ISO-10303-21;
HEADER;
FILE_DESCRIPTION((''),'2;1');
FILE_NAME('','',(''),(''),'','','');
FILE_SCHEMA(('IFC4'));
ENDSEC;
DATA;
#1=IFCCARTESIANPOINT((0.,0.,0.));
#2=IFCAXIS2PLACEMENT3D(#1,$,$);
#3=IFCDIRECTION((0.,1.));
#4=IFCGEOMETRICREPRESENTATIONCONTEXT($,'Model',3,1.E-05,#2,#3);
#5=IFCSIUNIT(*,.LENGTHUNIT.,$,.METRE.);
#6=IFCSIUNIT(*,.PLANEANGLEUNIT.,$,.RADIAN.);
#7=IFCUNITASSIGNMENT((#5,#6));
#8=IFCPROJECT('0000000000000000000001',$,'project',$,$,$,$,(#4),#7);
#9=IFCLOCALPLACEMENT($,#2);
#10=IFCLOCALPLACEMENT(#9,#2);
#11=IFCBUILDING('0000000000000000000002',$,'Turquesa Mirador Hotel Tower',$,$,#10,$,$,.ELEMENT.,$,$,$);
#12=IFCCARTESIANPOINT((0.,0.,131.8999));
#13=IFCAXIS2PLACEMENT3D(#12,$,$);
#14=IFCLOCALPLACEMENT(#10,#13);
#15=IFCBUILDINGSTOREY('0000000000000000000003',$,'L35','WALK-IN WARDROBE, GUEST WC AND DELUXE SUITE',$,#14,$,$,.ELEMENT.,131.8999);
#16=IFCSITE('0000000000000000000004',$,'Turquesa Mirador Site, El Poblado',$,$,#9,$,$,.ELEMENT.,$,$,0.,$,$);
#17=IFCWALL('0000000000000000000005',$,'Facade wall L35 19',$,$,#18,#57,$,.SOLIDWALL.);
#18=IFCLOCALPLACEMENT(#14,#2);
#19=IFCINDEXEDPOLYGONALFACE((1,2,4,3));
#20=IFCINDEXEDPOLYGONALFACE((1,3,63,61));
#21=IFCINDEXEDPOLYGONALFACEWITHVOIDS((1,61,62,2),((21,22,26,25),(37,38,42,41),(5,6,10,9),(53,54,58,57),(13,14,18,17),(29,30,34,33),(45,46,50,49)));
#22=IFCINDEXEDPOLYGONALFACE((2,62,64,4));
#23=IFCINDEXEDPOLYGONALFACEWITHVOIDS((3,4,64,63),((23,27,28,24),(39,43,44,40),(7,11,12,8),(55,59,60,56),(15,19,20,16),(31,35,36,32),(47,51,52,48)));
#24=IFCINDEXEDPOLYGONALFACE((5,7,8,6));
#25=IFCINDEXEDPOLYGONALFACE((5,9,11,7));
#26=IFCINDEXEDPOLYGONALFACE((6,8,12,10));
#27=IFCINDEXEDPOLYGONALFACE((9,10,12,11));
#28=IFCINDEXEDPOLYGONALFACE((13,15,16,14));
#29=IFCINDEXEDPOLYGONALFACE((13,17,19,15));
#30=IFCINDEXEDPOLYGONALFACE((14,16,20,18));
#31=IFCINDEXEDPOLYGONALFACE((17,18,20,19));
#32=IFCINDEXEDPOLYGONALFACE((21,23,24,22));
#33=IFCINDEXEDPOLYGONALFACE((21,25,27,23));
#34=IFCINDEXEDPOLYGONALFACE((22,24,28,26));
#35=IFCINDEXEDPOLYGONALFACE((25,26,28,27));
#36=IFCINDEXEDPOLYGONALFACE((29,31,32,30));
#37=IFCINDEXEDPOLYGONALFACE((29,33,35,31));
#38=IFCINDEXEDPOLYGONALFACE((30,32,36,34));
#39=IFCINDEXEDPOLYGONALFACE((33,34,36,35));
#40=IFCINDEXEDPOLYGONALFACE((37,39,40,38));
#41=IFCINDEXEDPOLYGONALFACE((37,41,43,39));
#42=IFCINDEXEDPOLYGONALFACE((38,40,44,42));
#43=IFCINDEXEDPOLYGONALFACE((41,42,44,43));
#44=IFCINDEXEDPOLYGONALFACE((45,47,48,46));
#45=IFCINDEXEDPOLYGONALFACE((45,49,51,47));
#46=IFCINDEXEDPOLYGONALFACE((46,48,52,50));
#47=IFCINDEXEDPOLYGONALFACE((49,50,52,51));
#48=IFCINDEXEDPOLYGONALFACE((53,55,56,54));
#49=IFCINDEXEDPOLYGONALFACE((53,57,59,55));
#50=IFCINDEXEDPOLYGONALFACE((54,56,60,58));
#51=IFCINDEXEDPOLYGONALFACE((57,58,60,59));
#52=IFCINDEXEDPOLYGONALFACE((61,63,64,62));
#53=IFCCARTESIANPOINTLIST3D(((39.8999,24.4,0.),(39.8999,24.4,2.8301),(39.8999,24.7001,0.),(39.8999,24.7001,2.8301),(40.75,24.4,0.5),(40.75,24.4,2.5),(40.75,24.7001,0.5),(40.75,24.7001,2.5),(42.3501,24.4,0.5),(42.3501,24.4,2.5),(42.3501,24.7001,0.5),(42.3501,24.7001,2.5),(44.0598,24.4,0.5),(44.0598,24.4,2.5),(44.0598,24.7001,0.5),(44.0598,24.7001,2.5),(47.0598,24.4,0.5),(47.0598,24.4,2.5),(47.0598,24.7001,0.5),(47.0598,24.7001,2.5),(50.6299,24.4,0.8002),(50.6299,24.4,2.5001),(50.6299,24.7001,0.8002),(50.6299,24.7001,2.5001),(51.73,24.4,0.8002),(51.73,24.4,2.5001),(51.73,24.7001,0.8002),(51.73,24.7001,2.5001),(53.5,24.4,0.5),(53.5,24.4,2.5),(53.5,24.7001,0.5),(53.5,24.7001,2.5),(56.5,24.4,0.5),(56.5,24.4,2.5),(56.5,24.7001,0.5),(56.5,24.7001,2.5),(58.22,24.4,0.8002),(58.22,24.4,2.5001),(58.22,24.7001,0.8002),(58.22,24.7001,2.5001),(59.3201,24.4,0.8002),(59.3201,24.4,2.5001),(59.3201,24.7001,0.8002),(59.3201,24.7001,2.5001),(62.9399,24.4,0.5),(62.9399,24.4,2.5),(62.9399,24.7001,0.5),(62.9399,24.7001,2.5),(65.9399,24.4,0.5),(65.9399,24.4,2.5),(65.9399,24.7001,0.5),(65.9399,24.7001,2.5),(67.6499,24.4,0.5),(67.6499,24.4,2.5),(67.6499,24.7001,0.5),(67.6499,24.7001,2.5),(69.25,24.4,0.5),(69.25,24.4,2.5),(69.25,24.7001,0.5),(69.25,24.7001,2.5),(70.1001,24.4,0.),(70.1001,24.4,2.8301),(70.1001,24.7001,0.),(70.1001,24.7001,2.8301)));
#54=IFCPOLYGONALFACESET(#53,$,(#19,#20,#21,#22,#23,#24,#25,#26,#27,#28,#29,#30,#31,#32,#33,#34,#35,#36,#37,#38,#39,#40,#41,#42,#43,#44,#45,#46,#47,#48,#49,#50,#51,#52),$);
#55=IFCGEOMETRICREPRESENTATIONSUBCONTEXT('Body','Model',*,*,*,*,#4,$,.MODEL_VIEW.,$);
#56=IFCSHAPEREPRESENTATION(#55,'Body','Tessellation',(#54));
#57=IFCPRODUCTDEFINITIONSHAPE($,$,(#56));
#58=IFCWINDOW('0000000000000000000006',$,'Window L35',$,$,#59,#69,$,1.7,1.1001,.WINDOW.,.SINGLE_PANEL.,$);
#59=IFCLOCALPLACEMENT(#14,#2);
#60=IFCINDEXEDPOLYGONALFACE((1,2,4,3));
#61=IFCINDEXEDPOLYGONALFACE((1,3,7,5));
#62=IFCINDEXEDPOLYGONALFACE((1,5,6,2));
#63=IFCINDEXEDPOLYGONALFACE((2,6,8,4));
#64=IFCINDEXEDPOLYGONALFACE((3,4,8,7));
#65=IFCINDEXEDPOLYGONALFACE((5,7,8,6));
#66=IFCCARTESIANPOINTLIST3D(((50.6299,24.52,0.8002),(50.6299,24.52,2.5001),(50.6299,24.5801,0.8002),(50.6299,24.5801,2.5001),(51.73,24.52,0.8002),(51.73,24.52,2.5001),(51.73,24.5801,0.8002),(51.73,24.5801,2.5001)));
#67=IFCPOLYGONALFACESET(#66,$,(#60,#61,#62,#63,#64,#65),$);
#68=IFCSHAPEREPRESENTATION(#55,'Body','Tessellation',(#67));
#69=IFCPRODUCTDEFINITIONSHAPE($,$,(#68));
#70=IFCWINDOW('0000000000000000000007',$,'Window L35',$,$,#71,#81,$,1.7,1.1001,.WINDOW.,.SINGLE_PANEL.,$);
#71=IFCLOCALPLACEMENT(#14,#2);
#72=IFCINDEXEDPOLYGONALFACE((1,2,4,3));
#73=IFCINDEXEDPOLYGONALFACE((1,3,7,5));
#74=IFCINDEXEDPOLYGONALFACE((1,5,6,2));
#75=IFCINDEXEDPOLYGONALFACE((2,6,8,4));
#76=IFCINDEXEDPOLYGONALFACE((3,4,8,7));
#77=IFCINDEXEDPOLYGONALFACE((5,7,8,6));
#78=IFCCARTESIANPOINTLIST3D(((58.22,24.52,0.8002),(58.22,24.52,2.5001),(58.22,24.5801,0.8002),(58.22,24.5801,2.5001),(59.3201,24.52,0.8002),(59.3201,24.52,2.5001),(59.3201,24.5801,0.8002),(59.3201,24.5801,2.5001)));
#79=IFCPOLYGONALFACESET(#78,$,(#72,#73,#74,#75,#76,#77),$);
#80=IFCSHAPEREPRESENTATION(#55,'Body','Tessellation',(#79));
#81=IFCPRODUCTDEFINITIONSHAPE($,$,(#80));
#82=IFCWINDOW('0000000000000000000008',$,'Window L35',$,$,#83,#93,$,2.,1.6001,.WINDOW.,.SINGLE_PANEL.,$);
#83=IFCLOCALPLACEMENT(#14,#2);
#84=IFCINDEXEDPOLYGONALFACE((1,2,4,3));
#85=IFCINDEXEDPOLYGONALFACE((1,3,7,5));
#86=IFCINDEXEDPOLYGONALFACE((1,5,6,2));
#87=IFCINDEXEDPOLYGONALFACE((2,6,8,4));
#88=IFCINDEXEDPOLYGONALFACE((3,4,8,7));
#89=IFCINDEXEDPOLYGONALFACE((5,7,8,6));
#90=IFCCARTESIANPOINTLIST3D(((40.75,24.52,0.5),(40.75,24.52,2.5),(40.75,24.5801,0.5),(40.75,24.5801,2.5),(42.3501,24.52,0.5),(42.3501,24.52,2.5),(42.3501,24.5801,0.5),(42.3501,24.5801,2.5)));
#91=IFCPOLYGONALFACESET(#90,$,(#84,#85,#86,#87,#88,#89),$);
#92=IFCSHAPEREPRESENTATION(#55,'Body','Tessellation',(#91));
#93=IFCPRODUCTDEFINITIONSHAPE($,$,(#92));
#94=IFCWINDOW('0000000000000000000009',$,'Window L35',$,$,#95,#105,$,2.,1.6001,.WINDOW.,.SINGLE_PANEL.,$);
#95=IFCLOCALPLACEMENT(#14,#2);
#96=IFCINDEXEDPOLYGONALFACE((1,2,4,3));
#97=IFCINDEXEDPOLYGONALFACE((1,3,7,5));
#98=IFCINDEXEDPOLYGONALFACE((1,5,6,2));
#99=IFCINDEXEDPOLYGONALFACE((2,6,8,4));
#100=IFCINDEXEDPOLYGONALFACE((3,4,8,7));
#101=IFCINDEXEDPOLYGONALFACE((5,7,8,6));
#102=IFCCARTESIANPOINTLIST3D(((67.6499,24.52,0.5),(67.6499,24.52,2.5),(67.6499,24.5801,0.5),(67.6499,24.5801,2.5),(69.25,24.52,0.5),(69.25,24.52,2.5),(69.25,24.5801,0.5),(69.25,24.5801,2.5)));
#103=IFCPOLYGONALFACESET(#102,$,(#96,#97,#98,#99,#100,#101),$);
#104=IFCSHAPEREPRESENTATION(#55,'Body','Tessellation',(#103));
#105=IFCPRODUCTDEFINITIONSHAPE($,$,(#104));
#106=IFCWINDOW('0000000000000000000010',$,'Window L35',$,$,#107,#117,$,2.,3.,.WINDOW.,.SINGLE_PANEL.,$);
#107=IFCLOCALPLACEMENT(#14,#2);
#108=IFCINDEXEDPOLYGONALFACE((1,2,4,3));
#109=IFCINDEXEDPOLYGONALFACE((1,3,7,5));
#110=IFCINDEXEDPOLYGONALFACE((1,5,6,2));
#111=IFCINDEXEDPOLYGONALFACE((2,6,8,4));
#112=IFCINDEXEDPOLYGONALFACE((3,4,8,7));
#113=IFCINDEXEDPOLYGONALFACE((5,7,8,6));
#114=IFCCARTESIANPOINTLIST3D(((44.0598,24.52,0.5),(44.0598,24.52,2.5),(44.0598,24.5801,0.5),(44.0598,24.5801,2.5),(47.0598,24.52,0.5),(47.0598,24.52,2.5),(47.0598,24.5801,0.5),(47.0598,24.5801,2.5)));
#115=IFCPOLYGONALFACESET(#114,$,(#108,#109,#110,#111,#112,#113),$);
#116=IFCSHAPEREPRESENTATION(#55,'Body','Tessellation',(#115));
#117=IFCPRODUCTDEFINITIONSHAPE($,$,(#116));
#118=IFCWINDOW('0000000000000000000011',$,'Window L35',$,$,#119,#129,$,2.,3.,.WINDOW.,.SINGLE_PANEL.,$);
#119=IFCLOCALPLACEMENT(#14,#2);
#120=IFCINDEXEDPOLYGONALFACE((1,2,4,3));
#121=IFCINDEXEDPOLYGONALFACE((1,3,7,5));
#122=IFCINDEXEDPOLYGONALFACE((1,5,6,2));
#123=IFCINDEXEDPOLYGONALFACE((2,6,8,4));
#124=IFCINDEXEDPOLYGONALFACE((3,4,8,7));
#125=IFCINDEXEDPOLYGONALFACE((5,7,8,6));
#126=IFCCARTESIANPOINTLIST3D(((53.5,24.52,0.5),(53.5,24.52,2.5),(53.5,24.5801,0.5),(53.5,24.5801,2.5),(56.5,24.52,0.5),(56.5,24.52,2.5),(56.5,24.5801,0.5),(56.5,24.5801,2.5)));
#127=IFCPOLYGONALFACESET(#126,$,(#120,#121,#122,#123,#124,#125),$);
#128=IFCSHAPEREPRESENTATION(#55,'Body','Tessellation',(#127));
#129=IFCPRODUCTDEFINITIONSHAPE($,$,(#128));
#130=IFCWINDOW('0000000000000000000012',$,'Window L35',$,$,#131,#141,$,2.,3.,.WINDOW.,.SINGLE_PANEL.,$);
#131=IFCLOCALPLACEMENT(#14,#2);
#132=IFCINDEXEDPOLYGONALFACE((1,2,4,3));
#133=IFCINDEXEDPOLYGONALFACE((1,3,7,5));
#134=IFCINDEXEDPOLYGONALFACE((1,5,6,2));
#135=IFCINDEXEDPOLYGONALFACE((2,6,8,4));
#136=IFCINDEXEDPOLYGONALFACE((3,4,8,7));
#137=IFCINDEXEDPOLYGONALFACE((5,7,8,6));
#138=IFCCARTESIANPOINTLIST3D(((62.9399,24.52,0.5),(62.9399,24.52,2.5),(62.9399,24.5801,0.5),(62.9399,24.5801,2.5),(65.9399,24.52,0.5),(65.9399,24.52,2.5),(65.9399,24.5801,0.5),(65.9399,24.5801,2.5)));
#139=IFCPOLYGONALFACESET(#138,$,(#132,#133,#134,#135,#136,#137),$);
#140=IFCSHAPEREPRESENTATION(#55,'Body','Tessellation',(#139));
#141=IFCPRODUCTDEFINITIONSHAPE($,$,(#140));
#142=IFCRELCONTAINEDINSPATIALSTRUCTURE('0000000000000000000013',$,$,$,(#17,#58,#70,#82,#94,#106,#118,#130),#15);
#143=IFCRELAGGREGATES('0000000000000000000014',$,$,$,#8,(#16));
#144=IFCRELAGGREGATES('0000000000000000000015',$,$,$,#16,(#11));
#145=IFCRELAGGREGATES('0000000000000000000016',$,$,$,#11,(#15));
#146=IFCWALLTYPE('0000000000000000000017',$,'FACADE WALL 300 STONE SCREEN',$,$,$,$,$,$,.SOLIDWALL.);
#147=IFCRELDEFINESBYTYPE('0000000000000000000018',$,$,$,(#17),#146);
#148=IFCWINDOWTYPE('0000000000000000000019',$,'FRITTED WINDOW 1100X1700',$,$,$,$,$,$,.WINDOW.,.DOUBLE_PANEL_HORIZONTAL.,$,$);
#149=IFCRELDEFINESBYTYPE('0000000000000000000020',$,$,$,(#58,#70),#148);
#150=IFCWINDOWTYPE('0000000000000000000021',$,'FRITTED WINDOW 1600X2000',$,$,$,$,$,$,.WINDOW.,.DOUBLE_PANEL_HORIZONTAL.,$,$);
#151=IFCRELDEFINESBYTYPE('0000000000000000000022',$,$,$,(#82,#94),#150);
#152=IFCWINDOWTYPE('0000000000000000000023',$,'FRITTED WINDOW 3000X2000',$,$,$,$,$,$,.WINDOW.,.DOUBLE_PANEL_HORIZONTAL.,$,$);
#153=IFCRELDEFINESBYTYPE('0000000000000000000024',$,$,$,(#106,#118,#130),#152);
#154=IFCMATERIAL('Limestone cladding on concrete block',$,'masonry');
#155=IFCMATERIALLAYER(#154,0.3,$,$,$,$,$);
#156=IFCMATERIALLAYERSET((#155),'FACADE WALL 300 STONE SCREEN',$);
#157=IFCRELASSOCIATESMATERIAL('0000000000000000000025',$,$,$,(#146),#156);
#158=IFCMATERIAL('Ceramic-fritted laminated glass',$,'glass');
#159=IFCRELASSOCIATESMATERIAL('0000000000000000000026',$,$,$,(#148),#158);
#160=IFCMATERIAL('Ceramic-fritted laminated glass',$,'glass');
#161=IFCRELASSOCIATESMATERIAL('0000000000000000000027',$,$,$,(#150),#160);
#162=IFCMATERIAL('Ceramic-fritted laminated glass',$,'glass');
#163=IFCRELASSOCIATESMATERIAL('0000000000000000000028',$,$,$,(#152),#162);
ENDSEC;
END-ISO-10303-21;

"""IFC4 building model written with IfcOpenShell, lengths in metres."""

from ifc_helpers import new_model, si_unit, direction, frame, frame_2d, origin, place, context, subcontext, project, spatial, rectangle, extrude, material, layer, layer_set, type_object, element, fill, save


model = new_model("IFC4")

# Units and contexts
model_context = context("Model", 3, precision=1e-05, world=origin(), true_north=direction((0.0, 1.0)))
body_context = subcontext(model_context, "Body", "Model", "MODEL_VIEW")
ifc_project = project(units=[si_unit("LENGTHUNIT", "METRE"), si_unit("PLANEANGLEUNIT", "RADIAN")], contexts=[model_context])

# Site, building, storey
site_placement = place(None, origin())
site = spatial("IfcSite", under=ifc_project, at=site_placement, Name="Turquesa Mirador Site, El Poblado", CompositionType="ELEMENT", RefElevation=0.0)
building_placement = place(site_placement, origin())
building = spatial("IfcBuilding", under=site, at=building_placement, Name="Turquesa Mirador Hotel Tower", CompositionType="ELEMENT")
storey_placement = place(building_placement, frame((0.0, 0.0, 131.8999)))
storey = spatial("IfcBuildingStorey", under=building, at=storey_placement, Name="L35", Description="WALK-IN WARDROBE, GUEST WC AND DELUXE SUITE", CompositionType="ELEMENT", Elevation=131.8999)

# Shared definitions
ifc_material_1 = material(Name="Limestone cladding on concrete block", Category="masonry")
ifc_layer_1 = layer(ifc_material_1, 0.3)
ifc_layer_set_1 = layer_set([ifc_layer_1], Name="FACADE WALL 300 STONE SCREEN")
wall_type_1 = type_object("IfcWallType", Name="FACADE WALL 300 STONE SCREEN", PredefinedType="SOLIDWALL", material=ifc_layer_set_1)

# Wall, openings, windows
wall_1_placement = place(storey_placement, frame((39.8999, 24.55, 0.0), z_axis=(0.0, 0.0, 1.0), x_axis=(1.0, 0.0, 0.0)))
wall_1 = element("IfcWall", 1, at=wall_1_placement, inside=storey, type_object=wall_type_1, Name="Facade wall L35 19", PredefinedType="SOLIDWALL", context=body_context, shape_type="SweptSolid", body=[
    extrude(rectangle(XDim=30.2002, YDim=0.3, at=frame_2d((15.1001, 0.0))), origin(), (0.0, 0.0, 1.0), 2.8301),
])
opening_1_placement = place(wall_1_placement, frame((0.8501, 0.0, 0.5)))
opening_1 = element("IfcOpeningElement", 2, at=opening_1_placement, cuts=wall_1, PredefinedType="OPENING", context=body_context, shape_type="SweptSolid", body=[
    extrude(rectangle(XDim=1.6001, YDim=2.0, at=frame_2d((0.8, 1.0))), frame((0.0, 0.1599, 0.0), z_axis=(0.0, -1.0, 0.0), x_axis=(1.0, 0.0, 0.0)), (0.0, 0.0, 1.0), 0.3201),
])
opening_2_placement = place(wall_1_placement, frame((4.1599, 0.0, 0.5)))
opening_2 = element("IfcOpeningElement", 3, at=opening_2_placement, cuts=wall_1, PredefinedType="OPENING", context=body_context, shape_type="SweptSolid", body=[
    extrude(rectangle(XDim=3.0, YDim=2.0, at=frame_2d((1.5, 1.0))), frame((0.0, 0.1599, 0.0), z_axis=(0.0, -1.0, 0.0), x_axis=(1.0, 0.0, 0.0)), (0.0, 0.0, 1.0), 0.3201),
])
opening_3_placement = place(wall_1_placement, frame((10.73, 0.0, 0.8)))
opening_3 = element("IfcOpeningElement", 4, at=opening_3_placement, cuts=wall_1, PredefinedType="OPENING", context=body_context, shape_type="SweptSolid", body=[
    extrude(rectangle(XDim=1.1001, YDim=1.7, at=frame_2d((0.55, 0.8501))), frame((0.0, 0.1599, 0.0), z_axis=(0.0, -1.0, 0.0), x_axis=(1.0, 0.0, 0.0)), (0.0, 0.0, 1.0), 0.3201),
])
opening_4_placement = place(wall_1_placement, frame((13.6001, 0.0, 0.5)))
opening_4 = element("IfcOpeningElement", 5, at=opening_4_placement, cuts=wall_1, PredefinedType="OPENING", context=body_context, shape_type="SweptSolid", body=[
    extrude(rectangle(XDim=3.0, YDim=2.0, at=frame_2d((1.5, 1.0))), frame((0.0, 0.1599, 0.0), z_axis=(0.0, -1.0, 0.0), x_axis=(1.0, 0.0, 0.0)), (0.0, 0.0, 1.0), 0.3201),
])
opening_5_placement = place(wall_1_placement, frame((18.3201, 0.0, 0.8)))
opening_5 = element("IfcOpeningElement", 6, at=opening_5_placement, cuts=wall_1, PredefinedType="OPENING", context=body_context, shape_type="SweptSolid", body=[
    extrude(rectangle(XDim=1.1001, YDim=1.7, at=frame_2d((0.55, 0.8501))), frame((0.0, 0.1599, 0.0), z_axis=(0.0, -1.0, 0.0), x_axis=(1.0, 0.0, 0.0)), (0.0, 0.0, 1.0), 0.3201),
])
opening_6_placement = place(wall_1_placement, frame((23.04, 0.0, 0.5)))
opening_6 = element("IfcOpeningElement", 7, at=opening_6_placement, cuts=wall_1, PredefinedType="OPENING", context=body_context, shape_type="SweptSolid", body=[
    extrude(rectangle(XDim=3.0, YDim=2.0, at=frame_2d((1.5, 1.0))), frame((0.0, 0.1599, 0.0), z_axis=(0.0, -1.0, 0.0), x_axis=(1.0, 0.0, 0.0)), (0.0, 0.0, 1.0), 0.3201),
])
opening_7_placement = place(wall_1_placement, frame((27.75, 0.0, 0.5)))
opening_7 = element("IfcOpeningElement", 8, at=opening_7_placement, cuts=wall_1, PredefinedType="OPENING", context=body_context, shape_type="SweptSolid", body=[
    extrude(rectangle(XDim=1.6001, YDim=2.0, at=frame_2d((0.8, 1.0))), frame((0.0, 0.1599, 0.0), z_axis=(0.0, -1.0, 0.0), x_axis=(1.0, 0.0, 0.0)), (0.0, 0.0, 1.0), 0.3201),
])
ifc_material_2 = material(Name="Ceramic-fritted laminated glass", Category="glass")
window_type_1 = type_object("IfcWindowType", Name="FRITTED WINDOW 1100X1700", PartitioningType="DOUBLE_PANEL_HORIZONTAL", PredefinedType="WINDOW", material=ifc_material_2)
window_1_placement = place(opening_3_placement, origin())
window_1 = element("IfcWindow", 9, at=window_1_placement, inside=storey, type_object=window_type_1, Name="Window L35", OverallHeight=1.7, OverallWidth=1.1001, PartitioningType="SINGLE_PANEL", PredefinedType="WINDOW", context=body_context, shape_type="SweptSolid", body=[
    extrude(rectangle(XDim=1.1001, YDim=1.7, at=frame_2d((0.55, 0.8501))), frame((0.0, 0.03, 0.0), z_axis=(0.0, -1.0, 0.0), x_axis=(1.0, 0.0, 0.0)), (0.0, 0.0, 1.0), 0.0601),
])
fill(opening_3, window_1)
window_2_placement = place(opening_5_placement, origin())
window_2 = element("IfcWindow", 10, at=window_2_placement, inside=storey, type_object=window_type_1, Name="Window L35", OverallHeight=1.7, OverallWidth=1.1001, PartitioningType="SINGLE_PANEL", PredefinedType="WINDOW", context=body_context, shape_type="SweptSolid", body=[
    extrude(rectangle(XDim=1.1001, YDim=1.7, at=frame_2d((0.55, 0.8501))), frame((0.0, 0.03, 0.0), z_axis=(0.0, -1.0, 0.0), x_axis=(1.0, 0.0, 0.0)), (0.0, 0.0, 1.0), 0.0601),
])
fill(opening_5, window_2)
ifc_material_3 = material(Name="Ceramic-fritted laminated glass", Category="glass")
window_type_2 = type_object("IfcWindowType", Name="FRITTED WINDOW 1600X2000", PartitioningType="DOUBLE_PANEL_HORIZONTAL", PredefinedType="WINDOW", material=ifc_material_3)
window_3_placement = place(opening_1_placement, origin())
window_3 = element("IfcWindow", 11, at=window_3_placement, inside=storey, type_object=window_type_2, Name="Window L35", OverallHeight=2.0, OverallWidth=1.6001, PartitioningType="SINGLE_PANEL", PredefinedType="WINDOW", context=body_context, shape_type="SweptSolid", body=[
    extrude(rectangle(XDim=1.6001, YDim=2.0, at=frame_2d((0.8, 1.0))), frame((0.0, 0.03, 0.0), z_axis=(0.0, -1.0, 0.0), x_axis=(1.0, 0.0, 0.0)), (0.0, 0.0, 1.0), 0.0601),
])
fill(opening_1, window_3)
window_4_placement = place(opening_7_placement, origin())
window_4 = element("IfcWindow", 12, at=window_4_placement, inside=storey, type_object=window_type_2, Name="Window L35", OverallHeight=2.0, OverallWidth=1.6001, PartitioningType="SINGLE_PANEL", PredefinedType="WINDOW", context=body_context, shape_type="SweptSolid", body=[
    extrude(rectangle(XDim=1.6001, YDim=2.0, at=frame_2d((0.8, 1.0))), frame((0.0, 0.03, 0.0), z_axis=(0.0, -1.0, 0.0), x_axis=(1.0, 0.0, 0.0)), (0.0, 0.0, 1.0), 0.0601),
])
fill(opening_7, window_4)
ifc_material_4 = material(Name="Ceramic-fritted laminated glass", Category="glass")
window_type_3 = type_object("IfcWindowType", Name="FRITTED WINDOW 3000X2000", PartitioningType="DOUBLE_PANEL_HORIZONTAL", PredefinedType="WINDOW", material=ifc_material_4)
window_5_placement = place(opening_2_placement, origin())
window_5 = element("IfcWindow", 13, at=window_5_placement, inside=storey, type_object=window_type_3, Name="Window L35", OverallHeight=2.0, OverallWidth=3.0, PartitioningType="SINGLE_PANEL", PredefinedType="WINDOW", context=body_context, shape_type="SweptSolid", body=[
    extrude(rectangle(XDim=3.0, YDim=2.0, at=frame_2d((1.5, 1.0))), frame((0.0, 0.03, 0.0), z_axis=(0.0, -1.0, 0.0), x_axis=(1.0, 0.0, 0.0)), (0.0, 0.0, 1.0), 0.0601),
])
fill(opening_2, window_5)
window_6_placement = place(opening_4_placement, origin())
window_6 = element("IfcWindow", 14, at=window_6_placement, inside=storey, type_object=window_type_3, Name="Window L35", OverallHeight=2.0, OverallWidth=3.0, PartitioningType="SINGLE_PANEL", PredefinedType="WINDOW", context=body_context, shape_type="SweptSolid", body=[
    extrude(rectangle(XDim=3.0, YDim=2.0, at=frame_2d((1.5, 1.0))), frame((0.0, 0.03, 0.0), z_axis=(0.0, -1.0, 0.0), x_axis=(1.0, 0.0, 0.0)), (0.0, 0.0, 1.0), 0.0601),
])
fill(opening_4, window_6)
window_7_placement = place(opening_6_placement, origin())
window_7 = element("IfcWindow", 15, at=window_7_placement, inside=storey, type_object=window_type_3, Name="Window L35", OverallHeight=2.0, OverallWidth=3.0, PartitioningType="SINGLE_PANEL", PredefinedType="WINDOW", context=body_context, shape_type="SweptSolid", body=[
    extrude(rectangle(XDim=3.0, YDim=2.0, at=frame_2d((1.5, 1.0))), frame((0.0, 0.03, 0.0), z_axis=(0.0, -1.0, 0.0), x_axis=(1.0, 0.0, 0.0)), (0.0, 0.0, 1.0), 0.0601),
])
fill(opening_6, window_7)

save(model, "model.ifc")
